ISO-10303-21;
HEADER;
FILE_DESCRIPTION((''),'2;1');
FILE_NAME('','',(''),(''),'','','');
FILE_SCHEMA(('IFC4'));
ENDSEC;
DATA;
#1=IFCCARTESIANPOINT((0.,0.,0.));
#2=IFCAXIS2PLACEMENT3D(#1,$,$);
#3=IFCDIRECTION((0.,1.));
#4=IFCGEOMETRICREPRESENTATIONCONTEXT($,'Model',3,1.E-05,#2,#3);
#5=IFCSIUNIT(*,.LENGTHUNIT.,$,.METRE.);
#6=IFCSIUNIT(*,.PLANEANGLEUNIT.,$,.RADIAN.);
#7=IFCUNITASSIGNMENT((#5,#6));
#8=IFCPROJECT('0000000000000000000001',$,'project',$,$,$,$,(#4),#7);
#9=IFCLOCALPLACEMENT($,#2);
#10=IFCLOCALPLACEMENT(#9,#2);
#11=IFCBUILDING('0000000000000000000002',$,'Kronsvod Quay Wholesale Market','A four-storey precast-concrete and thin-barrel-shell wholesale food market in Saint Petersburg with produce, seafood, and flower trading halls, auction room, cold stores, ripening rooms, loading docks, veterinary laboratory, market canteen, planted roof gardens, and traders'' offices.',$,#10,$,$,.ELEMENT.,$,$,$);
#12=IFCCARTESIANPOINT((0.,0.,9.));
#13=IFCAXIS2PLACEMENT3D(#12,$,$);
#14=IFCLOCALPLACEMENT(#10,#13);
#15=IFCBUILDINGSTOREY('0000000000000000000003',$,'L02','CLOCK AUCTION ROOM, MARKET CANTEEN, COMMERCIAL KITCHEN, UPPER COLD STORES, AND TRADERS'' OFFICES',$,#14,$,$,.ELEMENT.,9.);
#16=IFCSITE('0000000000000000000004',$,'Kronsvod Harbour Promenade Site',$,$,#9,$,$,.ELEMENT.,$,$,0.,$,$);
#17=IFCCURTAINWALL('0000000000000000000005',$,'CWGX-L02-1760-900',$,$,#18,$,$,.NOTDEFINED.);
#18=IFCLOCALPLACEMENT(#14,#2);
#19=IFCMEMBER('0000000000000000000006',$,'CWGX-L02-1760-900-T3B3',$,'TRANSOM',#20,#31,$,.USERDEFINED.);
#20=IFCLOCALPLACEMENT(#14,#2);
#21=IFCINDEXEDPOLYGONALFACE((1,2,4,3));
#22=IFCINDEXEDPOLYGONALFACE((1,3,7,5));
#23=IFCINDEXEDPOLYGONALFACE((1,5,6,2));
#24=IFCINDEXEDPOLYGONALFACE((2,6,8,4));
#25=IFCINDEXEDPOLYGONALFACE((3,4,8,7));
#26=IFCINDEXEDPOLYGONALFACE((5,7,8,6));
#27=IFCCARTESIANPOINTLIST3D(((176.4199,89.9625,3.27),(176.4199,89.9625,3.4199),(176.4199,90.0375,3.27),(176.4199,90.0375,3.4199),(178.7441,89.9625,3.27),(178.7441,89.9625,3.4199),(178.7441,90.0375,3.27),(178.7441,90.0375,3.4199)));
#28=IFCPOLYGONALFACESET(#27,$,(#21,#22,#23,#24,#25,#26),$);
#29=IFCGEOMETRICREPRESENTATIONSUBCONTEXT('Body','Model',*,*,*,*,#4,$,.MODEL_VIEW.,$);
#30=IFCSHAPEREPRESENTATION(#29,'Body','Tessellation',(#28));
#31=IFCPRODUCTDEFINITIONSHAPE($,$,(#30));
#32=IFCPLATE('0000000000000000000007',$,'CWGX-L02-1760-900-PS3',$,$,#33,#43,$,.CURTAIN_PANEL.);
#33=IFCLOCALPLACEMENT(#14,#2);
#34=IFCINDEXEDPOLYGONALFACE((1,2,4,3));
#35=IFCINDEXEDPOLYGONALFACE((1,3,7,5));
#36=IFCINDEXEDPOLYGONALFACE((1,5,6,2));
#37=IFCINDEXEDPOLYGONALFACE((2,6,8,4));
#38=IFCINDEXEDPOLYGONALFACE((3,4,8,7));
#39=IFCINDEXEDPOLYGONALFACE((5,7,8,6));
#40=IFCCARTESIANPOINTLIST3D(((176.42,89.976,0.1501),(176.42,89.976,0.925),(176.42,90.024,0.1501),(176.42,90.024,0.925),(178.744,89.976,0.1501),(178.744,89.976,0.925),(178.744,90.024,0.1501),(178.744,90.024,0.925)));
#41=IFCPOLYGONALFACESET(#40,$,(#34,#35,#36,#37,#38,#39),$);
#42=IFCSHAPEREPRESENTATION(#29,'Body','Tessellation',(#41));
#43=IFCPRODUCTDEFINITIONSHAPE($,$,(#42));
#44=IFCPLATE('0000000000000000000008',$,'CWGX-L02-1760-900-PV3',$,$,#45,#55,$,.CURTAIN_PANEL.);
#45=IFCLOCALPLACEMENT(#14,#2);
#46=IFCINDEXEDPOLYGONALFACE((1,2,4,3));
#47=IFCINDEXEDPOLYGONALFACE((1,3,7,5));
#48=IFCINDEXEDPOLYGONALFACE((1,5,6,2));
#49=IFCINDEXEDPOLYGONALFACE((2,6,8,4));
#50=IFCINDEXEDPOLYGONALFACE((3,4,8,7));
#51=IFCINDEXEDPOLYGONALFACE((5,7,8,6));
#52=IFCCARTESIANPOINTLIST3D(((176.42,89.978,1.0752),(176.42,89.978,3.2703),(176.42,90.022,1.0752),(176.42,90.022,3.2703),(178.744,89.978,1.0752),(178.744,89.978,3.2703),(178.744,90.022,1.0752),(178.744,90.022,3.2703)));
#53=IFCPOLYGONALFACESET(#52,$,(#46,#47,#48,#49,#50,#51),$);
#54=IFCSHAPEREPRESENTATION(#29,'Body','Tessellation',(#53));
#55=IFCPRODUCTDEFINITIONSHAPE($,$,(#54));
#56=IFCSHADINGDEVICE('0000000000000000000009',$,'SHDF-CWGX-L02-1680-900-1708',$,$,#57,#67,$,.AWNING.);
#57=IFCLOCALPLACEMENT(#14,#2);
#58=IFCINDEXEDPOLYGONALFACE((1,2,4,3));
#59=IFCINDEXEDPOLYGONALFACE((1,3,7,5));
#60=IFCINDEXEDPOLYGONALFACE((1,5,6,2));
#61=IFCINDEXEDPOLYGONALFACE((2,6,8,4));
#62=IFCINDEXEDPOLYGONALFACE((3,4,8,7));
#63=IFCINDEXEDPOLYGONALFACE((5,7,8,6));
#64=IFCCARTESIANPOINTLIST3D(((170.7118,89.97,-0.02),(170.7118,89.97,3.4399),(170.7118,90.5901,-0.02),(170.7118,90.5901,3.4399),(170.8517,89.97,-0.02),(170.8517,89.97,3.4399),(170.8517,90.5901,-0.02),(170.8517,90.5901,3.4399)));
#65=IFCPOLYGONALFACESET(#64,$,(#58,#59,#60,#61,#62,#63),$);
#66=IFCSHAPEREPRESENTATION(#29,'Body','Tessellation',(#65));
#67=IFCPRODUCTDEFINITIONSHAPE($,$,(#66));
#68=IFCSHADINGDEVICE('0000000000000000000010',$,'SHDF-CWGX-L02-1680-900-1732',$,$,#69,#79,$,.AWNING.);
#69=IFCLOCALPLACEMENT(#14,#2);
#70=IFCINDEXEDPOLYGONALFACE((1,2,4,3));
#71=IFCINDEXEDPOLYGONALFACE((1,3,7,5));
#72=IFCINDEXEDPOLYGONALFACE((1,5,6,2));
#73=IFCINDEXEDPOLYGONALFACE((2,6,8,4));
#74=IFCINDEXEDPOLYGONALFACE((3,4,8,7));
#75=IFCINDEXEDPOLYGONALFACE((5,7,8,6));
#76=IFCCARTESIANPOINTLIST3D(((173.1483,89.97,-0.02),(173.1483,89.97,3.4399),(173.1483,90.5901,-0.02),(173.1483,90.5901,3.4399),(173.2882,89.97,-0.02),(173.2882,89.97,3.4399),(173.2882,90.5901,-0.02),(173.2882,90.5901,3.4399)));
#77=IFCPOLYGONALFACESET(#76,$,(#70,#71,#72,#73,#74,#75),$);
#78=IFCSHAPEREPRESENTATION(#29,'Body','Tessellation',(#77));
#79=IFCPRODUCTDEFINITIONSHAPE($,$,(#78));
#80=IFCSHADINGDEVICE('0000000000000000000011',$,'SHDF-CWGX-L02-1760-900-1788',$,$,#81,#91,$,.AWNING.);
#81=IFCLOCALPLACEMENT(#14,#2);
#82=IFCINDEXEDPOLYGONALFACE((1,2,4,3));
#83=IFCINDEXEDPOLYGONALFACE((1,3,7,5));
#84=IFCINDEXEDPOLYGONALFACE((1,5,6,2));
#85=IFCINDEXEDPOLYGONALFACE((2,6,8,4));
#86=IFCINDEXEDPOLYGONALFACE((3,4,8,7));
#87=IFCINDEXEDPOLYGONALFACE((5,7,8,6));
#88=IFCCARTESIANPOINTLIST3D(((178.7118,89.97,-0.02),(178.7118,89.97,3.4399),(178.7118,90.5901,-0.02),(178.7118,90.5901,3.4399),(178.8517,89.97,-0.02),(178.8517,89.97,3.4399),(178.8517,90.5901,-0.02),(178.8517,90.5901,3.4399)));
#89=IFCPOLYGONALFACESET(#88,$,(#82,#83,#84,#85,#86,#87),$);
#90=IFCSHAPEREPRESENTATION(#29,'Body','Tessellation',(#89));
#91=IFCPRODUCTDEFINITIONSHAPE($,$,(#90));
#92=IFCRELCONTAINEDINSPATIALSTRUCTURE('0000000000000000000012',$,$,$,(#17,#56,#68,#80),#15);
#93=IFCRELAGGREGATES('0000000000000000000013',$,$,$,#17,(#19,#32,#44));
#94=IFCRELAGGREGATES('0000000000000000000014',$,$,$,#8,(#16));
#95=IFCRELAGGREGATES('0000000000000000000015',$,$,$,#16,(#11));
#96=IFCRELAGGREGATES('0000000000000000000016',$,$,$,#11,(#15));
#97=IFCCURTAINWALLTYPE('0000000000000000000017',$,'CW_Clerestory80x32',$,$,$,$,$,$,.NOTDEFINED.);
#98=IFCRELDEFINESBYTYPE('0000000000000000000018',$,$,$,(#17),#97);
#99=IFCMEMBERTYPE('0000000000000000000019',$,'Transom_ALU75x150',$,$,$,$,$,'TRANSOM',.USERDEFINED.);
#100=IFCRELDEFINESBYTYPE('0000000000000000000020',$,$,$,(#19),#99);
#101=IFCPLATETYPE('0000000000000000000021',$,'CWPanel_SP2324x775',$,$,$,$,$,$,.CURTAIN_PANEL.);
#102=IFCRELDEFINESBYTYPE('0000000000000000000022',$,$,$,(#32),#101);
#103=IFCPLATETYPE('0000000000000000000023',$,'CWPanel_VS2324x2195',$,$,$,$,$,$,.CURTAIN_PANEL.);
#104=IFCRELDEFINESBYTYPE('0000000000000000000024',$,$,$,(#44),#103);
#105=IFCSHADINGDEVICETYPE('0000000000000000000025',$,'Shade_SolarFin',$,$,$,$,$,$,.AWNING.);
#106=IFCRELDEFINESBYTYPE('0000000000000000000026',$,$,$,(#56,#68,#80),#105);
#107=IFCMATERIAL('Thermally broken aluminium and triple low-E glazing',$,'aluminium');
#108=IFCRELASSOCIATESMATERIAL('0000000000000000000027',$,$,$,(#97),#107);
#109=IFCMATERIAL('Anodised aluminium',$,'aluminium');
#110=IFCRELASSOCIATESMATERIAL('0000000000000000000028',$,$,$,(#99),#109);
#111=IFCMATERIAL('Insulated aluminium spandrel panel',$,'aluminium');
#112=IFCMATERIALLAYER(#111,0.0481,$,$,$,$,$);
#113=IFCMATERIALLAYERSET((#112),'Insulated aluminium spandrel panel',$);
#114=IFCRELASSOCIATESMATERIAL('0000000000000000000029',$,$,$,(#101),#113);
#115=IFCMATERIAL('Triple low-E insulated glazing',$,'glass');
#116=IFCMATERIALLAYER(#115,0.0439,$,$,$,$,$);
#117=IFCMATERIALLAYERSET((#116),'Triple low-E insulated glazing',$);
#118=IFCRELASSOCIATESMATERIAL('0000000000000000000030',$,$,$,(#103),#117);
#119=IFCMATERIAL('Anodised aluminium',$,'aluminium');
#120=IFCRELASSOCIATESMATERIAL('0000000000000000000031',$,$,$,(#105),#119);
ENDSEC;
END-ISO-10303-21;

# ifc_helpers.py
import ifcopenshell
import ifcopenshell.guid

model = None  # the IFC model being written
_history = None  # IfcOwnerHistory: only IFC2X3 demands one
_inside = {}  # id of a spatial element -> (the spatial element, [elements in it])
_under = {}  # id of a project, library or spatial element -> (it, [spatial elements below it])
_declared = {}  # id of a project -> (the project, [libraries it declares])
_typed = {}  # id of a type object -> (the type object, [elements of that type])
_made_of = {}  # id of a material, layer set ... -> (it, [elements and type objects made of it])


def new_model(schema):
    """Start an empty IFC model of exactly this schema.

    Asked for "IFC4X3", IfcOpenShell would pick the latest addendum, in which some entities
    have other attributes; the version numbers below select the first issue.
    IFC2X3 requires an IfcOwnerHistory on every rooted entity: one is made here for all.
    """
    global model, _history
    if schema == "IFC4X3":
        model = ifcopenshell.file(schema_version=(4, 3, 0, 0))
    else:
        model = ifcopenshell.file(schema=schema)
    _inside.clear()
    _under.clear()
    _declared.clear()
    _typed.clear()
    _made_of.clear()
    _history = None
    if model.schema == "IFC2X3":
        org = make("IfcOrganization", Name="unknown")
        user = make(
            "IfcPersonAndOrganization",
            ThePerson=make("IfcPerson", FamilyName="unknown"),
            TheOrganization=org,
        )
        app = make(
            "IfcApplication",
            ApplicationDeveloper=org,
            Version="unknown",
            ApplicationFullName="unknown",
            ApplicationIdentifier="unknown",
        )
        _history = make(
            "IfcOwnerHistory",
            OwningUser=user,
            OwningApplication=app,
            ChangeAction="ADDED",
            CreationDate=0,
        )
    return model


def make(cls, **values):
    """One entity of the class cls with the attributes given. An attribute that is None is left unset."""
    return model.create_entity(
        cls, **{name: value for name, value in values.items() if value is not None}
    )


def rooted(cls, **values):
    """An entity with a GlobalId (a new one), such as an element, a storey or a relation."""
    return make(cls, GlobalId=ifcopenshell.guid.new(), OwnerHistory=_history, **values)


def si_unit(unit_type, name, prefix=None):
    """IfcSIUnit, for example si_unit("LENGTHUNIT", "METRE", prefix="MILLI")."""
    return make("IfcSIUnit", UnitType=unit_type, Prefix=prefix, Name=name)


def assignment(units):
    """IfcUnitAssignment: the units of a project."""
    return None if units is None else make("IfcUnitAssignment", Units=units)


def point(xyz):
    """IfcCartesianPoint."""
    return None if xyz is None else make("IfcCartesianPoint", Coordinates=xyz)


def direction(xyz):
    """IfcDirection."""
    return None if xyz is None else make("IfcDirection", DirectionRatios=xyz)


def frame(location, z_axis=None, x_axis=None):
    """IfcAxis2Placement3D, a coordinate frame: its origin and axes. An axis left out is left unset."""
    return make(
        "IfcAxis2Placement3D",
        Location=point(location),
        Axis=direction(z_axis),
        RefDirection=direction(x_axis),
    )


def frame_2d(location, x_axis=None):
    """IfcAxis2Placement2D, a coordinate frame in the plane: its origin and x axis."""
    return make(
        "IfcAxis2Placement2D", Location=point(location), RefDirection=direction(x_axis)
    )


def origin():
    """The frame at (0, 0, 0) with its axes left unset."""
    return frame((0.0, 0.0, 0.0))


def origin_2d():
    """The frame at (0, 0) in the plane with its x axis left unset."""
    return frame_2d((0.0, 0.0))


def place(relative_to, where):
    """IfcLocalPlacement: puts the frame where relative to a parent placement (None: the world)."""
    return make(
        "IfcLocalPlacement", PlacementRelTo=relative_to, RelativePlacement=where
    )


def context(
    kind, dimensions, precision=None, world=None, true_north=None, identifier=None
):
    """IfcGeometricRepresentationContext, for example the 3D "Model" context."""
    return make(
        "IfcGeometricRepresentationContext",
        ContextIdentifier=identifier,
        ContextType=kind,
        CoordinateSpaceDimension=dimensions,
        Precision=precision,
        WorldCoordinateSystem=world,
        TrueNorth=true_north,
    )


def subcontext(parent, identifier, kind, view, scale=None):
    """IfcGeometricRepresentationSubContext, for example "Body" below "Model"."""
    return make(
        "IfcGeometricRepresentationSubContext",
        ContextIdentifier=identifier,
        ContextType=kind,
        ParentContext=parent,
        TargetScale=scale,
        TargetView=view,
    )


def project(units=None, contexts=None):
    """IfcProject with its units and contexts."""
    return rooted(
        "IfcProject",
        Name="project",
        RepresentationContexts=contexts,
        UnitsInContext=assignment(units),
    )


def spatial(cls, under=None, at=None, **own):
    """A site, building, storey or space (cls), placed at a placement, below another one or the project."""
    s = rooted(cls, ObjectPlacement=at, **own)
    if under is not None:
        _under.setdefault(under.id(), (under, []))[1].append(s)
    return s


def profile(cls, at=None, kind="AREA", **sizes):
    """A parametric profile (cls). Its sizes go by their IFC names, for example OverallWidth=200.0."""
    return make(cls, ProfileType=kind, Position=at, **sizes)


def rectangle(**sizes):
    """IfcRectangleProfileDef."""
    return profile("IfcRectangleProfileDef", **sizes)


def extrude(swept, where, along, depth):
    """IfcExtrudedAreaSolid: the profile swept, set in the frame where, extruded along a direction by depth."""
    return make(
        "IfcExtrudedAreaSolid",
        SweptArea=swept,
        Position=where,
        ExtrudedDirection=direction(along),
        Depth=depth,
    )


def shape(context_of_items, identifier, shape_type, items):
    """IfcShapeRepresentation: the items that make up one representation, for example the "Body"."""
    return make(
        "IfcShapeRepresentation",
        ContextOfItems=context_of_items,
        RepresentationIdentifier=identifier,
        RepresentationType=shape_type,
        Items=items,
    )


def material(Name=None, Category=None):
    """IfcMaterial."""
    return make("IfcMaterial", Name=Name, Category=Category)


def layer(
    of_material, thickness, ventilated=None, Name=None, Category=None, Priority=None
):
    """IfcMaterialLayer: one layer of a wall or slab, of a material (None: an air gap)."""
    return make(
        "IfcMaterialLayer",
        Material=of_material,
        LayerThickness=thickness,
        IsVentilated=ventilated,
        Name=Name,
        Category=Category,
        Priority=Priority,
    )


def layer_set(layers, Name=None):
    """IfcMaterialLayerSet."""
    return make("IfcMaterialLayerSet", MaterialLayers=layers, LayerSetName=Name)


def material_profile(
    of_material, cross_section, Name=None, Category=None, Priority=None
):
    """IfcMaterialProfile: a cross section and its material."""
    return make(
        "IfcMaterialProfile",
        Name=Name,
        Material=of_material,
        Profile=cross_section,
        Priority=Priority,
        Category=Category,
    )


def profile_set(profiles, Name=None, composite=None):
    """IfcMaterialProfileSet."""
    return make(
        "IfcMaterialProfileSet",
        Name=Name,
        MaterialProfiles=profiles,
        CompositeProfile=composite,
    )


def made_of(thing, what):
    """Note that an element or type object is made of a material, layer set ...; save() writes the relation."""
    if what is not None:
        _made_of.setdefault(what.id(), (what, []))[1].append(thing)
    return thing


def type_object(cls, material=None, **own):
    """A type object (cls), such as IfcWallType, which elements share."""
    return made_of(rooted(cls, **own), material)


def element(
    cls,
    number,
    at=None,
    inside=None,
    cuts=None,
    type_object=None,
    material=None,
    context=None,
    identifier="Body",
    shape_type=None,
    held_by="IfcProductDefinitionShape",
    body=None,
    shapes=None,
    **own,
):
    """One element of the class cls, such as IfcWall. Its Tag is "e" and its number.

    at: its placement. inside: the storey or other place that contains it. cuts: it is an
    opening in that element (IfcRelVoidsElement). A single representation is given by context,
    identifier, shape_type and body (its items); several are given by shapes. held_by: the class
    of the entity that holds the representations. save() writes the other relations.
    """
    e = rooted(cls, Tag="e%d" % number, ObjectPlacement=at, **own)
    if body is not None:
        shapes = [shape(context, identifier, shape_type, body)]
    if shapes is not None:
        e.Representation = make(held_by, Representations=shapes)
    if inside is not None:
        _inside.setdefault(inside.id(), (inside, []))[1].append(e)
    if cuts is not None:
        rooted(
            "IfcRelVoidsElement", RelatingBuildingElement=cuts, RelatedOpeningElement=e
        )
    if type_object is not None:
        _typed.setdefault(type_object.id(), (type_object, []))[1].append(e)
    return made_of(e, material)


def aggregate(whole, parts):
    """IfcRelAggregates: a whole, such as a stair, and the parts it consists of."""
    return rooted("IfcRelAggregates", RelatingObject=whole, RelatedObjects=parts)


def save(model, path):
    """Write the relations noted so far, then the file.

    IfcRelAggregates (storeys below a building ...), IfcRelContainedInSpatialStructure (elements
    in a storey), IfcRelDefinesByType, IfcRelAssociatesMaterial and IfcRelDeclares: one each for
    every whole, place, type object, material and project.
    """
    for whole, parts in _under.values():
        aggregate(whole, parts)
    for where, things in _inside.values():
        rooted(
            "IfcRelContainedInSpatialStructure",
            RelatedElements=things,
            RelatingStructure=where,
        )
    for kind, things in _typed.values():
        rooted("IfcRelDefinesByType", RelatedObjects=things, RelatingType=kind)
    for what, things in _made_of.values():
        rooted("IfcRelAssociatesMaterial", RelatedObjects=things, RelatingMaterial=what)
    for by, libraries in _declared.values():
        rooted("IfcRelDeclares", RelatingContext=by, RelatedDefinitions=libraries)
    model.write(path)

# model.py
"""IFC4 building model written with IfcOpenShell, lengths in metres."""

from ifc_helpers import new_model, si_unit, direction, frame, origin, origin_2d, place, context, subcontext, project, spatial, rectangle, extrude, material, layer, layer_set, material_profile, profile_set, type_object, element, aggregate, save


model = new_model("IFC4")

# Units and contexts
model_context = context("Model", 3, precision=1e-05, world=origin(), true_north=direction((0.0, 1.0)))
body_context = subcontext(model_context, "Body", "Model", "MODEL_VIEW")
ifc_project = project(units=[si_unit("LENGTHUNIT", "METRE"), si_unit("PLANEANGLEUNIT", "RADIAN")], contexts=[model_context])

# Site, building, storey
site_placement = place(None, origin())
site = spatial("IfcSite", under=ifc_project, at=site_placement, Name="Kronsvod Harbour Promenade Site", CompositionType="ELEMENT", RefElevation=0.0)
building_placement = place(site_placement, origin())
building = spatial("IfcBuilding", under=site, at=building_placement, Name="Kronsvod Quay Wholesale Market", Description="A four-storey precast-concrete and thin-barrel-shell wholesale food market in Saint Petersburg with produce, seafood, and flower trading halls, auction room, cold stores, ripening rooms, loading docks, veterinary laboratory, market canteen, planted roof gardens, and traders' offices.", CompositionType="ELEMENT")
storey_placement = place(building_placement, frame((0.0, 0.0, 9.0)))
storey = spatial("IfcBuildingStorey", under=building, at=storey_placement, Name="L02", Description="CLOCK AUCTION ROOM, MARKET CANTEEN, COMMERCIAL KITCHEN, UPPER COLD STORES, AND TRADERS' OFFICES", CompositionType="ELEMENT", Elevation=9.0)

# Curtain wall, member, plates
ifc_material_1 = material(Name="Thermally broken aluminium and triple low-E glazing", Category="aluminium")
curtain_wall_type = type_object("IfcCurtainWallType", Name="CW_Clerestory80x32", PredefinedType="NOTDEFINED", material=ifc_material_1)
curtain_wall_placement = place(storey_placement, origin())
curtain_wall = element("IfcCurtainWall", 1, at=curtain_wall_placement, inside=storey, type_object=curtain_wall_type, Name="CWGX-L02-1760-900", PredefinedType="NOTDEFINED")
ifc_material_2 = material(Name="Anodised aluminium", Category="aluminium")
ifc_material_profile_1 = material_profile(ifc_material_2, rectangle(XDim=0.075, YDim=0.1499, at=origin_2d()), Name="ALUT75x150")
ifc_profile_set_1 = profile_set([ifc_material_profile_1], Name="Anodised aluminium")
member_type_1 = type_object("IfcMemberType", Name="Transom_ALU75x150", ElementType="TRANSOM", PredefinedType="USERDEFINED", material=ifc_profile_set_1)
member_1_placement = place(storey_placement, frame((178.7441, 90.0, 3.345), z_axis=(-1.0, 0.0, 0.0), x_axis=(0.0, -1.0, 0.0)))
member_1 = element("IfcMember", 2, at=member_1_placement, type_object=member_type_1, Name="CWGX-L02-1760-900-T3B3", ObjectType="TRANSOM", PredefinedType="USERDEFINED", context=body_context, shape_type="SweptSolid", body=[
    extrude(rectangle(XDim=0.075, YDim=0.1499, at=origin_2d()), origin(), (0.0, 0.0, 1.0), 2.3242),
])
ifc_material_3 = material(Name="Insulated aluminium spandrel panel", Category="aluminium")
ifc_layer_1 = layer(ifc_material_3, 0.0481)
ifc_layer_set_1 = layer_set([ifc_layer_1], Name="Insulated aluminium spandrel panel")
plate_type_1 = type_object("IfcPlateType", Name="CWPanel_SP2324x775", PredefinedType="CURTAIN_PANEL", material=ifc_layer_set_1)
plate_1_placement = place(storey_placement, frame((177.582, 90.0, 0.1501), z_axis=(0.0, 0.0, 1.0), x_axis=(-1.0, 0.0, 0.0)))
plate_1 = element("IfcPlate", 3, at=plate_1_placement, type_object=plate_type_1, Name="CWGX-L02-1760-900-PS3", PredefinedType="CURTAIN_PANEL", context=body_context, shape_type="SweptSolid", body=[
    extrude(rectangle(XDim=2.324, YDim=0.0481, at=origin_2d()), origin(), (0.0, 0.0, 1.0), 0.7749),
])
ifc_material_4 = material(Name="Triple low-E insulated glazing", Category="glass")
ifc_layer_2 = layer(ifc_material_4, 0.0439)
ifc_layer_set_2 = layer_set([ifc_layer_2], Name="Triple low-E insulated glazing")
plate_type_2 = type_object("IfcPlateType", Name="CWPanel_VS2324x2195", PredefinedType="CURTAIN_PANEL", material=ifc_layer_set_2)
plate_2_placement = place(storey_placement, frame((177.582, 90.0, 1.0752), z_axis=(0.0, 0.0, 1.0), x_axis=(-1.0, 0.0, 0.0)))
plate_2 = element("IfcPlate", 4, at=plate_2_placement, type_object=plate_type_2, Name="CWGX-L02-1760-900-PV3", PredefinedType="CURTAIN_PANEL", context=body_context, shape_type="SweptSolid", body=[
    extrude(rectangle(XDim=2.324, YDim=0.0439, at=origin_2d()), origin(), (0.0, 0.0, 1.0), 2.1951),
])
aggregate(curtain_wall, [member_1, plate_1, plate_2])

# Shading devices
ifc_material_5 = material(Name="Anodised aluminium", Category="aluminium")
shading_device_type = type_object("IfcShadingDeviceType", Name="Shade_SolarFin", PredefinedType="AWNING", material=ifc_material_5)
for number, where, z_axis, x_axis, name in (
    (5, (170.7817, 90.28, -0.02), (0.0, 0.0, 1.0), (1.0, 0.0, 0.0), "SHDF-CWGX-L02-1680-900-1708"),
    (6, (173.2183, 90.28, -0.02), (0.0, 0.0, 1.0), (1.0, 0.0, 0.0), "SHDF-CWGX-L02-1680-900-1732"),
    (7, (178.7817, 90.28, -0.02), (0.0, 0.0, 1.0), (1.0, 0.0, 0.0), "SHDF-CWGX-L02-1760-900-1788"),
):
    element("IfcShadingDevice", number, at=place(storey_placement, frame(where, z_axis=z_axis, x_axis=x_axis)), inside=storey, type_object=shading_device_type, Name=name, PredefinedType="AWNING", context=body_context, shape_type="SweptSolid", body=[
        extrude(rectangle(XDim=0.1399, YDim=0.6201, at=origin_2d()), origin(), (0.0, 0.0, 1.0), 3.46),
    ])

save(model, "model.ifc")
